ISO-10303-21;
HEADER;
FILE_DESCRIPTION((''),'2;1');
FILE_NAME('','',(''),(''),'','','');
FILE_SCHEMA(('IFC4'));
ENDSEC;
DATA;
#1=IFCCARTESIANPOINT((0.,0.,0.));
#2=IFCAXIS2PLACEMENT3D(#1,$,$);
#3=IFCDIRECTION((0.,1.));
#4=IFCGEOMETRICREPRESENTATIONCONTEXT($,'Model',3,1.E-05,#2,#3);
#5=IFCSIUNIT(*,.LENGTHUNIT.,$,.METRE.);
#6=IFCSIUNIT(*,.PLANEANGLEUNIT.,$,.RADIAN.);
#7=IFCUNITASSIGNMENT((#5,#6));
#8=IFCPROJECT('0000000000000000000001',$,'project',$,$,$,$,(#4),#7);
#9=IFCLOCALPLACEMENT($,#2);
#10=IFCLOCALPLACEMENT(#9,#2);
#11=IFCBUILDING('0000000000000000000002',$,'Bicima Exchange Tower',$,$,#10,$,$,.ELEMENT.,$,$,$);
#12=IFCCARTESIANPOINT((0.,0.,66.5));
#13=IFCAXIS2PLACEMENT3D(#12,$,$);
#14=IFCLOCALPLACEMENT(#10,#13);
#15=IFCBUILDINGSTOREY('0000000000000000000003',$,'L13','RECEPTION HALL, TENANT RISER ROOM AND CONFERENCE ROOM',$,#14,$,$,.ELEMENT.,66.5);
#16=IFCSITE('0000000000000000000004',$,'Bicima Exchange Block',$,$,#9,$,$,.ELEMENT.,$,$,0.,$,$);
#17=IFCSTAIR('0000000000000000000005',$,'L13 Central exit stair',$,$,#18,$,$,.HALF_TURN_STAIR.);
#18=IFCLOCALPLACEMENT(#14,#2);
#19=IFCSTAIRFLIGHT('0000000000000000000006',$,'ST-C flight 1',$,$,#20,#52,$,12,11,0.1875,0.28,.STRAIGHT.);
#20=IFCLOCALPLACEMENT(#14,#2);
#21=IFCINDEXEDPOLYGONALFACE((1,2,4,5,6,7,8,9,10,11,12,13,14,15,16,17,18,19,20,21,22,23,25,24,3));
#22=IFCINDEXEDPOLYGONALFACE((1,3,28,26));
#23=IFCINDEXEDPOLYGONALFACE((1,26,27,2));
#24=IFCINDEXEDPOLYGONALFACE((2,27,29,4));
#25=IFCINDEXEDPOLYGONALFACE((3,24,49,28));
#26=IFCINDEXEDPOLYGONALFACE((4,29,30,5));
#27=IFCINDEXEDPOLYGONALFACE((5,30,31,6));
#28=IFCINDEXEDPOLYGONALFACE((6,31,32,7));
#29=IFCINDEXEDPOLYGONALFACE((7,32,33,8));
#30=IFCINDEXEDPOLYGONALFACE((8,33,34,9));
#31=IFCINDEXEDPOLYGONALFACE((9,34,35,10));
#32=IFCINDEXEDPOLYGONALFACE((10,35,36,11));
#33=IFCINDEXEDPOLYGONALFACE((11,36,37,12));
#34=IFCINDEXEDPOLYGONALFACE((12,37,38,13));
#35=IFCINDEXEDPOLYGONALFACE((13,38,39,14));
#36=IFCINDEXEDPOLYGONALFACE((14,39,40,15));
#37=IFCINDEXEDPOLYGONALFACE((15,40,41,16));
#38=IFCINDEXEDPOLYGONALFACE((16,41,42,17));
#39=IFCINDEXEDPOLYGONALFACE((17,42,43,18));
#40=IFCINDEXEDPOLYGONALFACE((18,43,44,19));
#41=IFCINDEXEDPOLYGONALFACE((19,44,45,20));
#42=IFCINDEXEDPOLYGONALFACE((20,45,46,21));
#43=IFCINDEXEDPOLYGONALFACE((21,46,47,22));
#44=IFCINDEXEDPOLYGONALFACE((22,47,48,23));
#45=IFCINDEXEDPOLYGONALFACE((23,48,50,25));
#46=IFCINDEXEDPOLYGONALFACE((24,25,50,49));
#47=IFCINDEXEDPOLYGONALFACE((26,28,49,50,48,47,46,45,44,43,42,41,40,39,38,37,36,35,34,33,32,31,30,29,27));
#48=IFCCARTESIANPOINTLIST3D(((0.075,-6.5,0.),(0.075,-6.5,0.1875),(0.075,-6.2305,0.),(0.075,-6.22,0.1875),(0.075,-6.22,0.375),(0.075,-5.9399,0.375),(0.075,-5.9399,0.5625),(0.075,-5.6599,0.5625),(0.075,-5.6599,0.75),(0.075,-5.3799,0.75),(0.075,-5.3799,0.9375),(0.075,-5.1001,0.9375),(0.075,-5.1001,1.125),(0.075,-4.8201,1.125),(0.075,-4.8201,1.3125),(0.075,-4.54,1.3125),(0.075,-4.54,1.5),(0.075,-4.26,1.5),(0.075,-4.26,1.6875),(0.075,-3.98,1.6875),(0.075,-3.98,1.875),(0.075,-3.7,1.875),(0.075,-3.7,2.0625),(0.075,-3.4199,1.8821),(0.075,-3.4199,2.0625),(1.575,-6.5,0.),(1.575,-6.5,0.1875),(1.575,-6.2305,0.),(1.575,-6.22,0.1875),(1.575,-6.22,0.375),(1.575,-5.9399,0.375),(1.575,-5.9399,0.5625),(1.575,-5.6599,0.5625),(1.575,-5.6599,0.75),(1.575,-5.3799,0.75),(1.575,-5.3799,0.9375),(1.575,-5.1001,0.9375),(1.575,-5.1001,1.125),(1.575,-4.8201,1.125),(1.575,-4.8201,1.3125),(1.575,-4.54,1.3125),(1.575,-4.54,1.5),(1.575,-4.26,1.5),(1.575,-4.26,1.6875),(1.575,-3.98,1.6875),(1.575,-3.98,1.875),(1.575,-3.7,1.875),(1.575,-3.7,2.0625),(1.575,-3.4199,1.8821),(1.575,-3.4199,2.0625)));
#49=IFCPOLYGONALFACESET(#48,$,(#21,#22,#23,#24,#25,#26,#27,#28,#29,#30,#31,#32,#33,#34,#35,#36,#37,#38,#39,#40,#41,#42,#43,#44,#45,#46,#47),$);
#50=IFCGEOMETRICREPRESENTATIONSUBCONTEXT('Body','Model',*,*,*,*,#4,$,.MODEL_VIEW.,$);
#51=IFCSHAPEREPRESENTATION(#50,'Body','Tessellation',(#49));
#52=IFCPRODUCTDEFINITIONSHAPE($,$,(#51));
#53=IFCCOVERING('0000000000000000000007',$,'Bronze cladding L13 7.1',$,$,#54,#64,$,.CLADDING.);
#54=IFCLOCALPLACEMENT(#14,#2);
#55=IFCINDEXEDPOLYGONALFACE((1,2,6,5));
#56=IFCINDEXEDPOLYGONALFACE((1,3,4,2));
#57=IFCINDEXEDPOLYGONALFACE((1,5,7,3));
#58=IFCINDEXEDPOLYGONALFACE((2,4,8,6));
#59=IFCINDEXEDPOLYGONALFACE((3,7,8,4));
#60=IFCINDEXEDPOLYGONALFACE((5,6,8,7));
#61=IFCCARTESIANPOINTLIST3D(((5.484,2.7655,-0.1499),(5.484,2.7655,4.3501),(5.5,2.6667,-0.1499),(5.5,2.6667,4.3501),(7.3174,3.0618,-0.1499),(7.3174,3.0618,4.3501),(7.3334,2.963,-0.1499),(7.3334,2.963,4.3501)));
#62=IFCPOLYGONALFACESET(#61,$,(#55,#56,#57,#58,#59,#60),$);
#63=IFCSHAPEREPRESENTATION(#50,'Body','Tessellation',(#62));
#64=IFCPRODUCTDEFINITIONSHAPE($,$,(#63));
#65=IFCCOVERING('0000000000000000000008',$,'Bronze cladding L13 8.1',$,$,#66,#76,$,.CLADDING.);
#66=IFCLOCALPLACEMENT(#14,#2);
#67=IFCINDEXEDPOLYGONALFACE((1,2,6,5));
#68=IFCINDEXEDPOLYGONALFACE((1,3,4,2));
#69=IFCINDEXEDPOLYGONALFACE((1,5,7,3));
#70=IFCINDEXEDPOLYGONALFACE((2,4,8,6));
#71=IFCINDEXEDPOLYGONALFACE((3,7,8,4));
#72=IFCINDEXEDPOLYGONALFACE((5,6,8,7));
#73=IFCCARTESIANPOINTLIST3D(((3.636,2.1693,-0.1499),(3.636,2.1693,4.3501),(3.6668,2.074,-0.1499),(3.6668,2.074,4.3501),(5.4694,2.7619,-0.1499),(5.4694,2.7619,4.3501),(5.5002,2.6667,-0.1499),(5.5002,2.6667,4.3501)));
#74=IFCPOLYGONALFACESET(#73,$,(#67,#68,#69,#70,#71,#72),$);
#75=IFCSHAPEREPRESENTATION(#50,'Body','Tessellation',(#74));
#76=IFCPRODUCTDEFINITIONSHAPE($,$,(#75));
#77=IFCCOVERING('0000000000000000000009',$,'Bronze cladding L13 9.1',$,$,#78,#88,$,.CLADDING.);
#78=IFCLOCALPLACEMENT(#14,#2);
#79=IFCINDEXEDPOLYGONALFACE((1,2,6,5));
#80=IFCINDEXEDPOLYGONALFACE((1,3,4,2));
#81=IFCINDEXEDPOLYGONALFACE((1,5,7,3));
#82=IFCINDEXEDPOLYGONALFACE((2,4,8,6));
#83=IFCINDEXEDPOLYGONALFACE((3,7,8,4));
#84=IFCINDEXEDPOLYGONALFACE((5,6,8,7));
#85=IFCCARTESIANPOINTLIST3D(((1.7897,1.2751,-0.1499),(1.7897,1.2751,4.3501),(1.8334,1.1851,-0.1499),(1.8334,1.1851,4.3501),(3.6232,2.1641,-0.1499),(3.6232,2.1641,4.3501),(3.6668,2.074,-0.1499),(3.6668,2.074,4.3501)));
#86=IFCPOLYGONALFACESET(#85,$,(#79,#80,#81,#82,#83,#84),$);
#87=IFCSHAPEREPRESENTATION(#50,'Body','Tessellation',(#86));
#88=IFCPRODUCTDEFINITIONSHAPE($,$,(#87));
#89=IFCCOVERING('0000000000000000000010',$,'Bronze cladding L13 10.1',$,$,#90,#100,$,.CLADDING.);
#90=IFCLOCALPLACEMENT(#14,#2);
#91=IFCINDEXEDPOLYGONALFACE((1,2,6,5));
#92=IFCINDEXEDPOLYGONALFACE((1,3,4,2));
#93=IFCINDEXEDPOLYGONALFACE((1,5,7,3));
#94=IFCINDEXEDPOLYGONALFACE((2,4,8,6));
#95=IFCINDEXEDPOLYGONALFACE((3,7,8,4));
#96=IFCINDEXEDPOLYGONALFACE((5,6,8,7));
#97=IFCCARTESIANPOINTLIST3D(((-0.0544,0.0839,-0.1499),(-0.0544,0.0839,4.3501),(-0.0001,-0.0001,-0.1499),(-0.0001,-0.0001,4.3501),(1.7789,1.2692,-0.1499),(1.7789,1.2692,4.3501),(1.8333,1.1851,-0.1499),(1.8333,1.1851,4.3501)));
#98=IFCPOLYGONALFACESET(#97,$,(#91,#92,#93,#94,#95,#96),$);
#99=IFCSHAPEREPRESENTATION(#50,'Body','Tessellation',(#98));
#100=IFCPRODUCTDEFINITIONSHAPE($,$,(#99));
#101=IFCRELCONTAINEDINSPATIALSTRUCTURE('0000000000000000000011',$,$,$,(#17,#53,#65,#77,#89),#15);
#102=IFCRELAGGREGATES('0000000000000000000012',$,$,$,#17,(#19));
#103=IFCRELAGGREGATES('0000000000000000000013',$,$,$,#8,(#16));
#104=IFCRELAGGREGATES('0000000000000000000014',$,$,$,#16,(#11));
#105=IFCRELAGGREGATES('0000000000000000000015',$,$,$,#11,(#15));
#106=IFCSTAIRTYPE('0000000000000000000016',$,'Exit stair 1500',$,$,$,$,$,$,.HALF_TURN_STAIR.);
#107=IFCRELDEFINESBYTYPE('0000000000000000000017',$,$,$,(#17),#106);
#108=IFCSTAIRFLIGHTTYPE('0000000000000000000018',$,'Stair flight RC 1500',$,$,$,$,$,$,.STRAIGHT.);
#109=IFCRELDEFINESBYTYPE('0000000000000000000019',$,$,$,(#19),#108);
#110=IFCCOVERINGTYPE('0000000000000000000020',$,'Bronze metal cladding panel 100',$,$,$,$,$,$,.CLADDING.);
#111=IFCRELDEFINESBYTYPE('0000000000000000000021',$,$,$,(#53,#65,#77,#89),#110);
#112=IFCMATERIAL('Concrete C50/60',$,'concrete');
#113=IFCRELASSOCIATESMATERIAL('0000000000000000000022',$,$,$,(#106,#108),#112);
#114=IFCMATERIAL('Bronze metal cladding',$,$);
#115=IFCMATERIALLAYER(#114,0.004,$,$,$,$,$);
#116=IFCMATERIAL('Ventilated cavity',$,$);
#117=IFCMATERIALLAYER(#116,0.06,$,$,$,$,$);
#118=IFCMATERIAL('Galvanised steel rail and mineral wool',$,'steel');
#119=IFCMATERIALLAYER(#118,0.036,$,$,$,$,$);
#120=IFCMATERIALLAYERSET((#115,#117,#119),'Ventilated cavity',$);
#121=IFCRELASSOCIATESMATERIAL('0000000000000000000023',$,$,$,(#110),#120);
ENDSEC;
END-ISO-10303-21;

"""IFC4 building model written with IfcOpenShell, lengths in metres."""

from ifc_helpers import new_model, si_unit, direction, frame, origin, origin_2d, place, context, subcontext, project, spatial, polyline, rectangle, outline, extrude, material, layer, layer_set, type_object, element, aggregate, save


model = new_model("IFC4")

# Units and contexts
model_context = context("Model", 3, precision=1e-05, world=origin(), true_north=direction((0.0, 1.0)))
body_context = subcontext(model_context, "Body", "Model", "MODEL_VIEW")
ifc_project = project(units=[si_unit("LENGTHUNIT", "METRE"), si_unit("PLANEANGLEUNIT", "RADIAN")], contexts=[model_context])

# Site, building, storey
site_placement = place(None, origin())
site = spatial("IfcSite", under=ifc_project, at=site_placement, Name="Bicima Exchange Block", CompositionType="ELEMENT", RefElevation=0.0)
building_placement = place(site_placement, origin())
building = spatial("IfcBuilding", under=site, at=building_placement, Name="Bicima Exchange Tower", CompositionType="ELEMENT")
storey_placement = place(building_placement, frame((0.0, 0.0, 66.5)))
storey = spatial("IfcBuildingStorey", under=building, at=storey_placement, Name="L13", Description="RECEPTION HALL, TENANT RISER ROOM AND CONFERENCE ROOM", CompositionType="ELEMENT", Elevation=66.5)

# Stair
ifc_material_1 = material(Name="Concrete C50/60", Category="concrete")
stair_type_1 = type_object("IfcStairType", Name="Exit stair 1500", PredefinedType="HALF_TURN_STAIR", material=ifc_material_1)
stair_1_placement = place(storey_placement, origin())
stair_1 = element("IfcStair", 1, at=stair_1_placement, inside=storey, type_object=stair_type_1, Name="L13 Central exit stair", PredefinedType="HALF_TURN_STAIR")

# Stair flight
stair_flight_type = type_object("IfcStairFlightType", Name="Stair flight RC 1500", PredefinedType="STRAIGHT", material=ifc_material_1)
stair_flight_placement = place(storey_placement, frame((0.825, -6.5, 0.0), z_axis=(0.0, 0.0, 1.0), x_axis=(0.0, 1.0, 0.0)))
stair_flight = element("IfcStairFlight", 2, at=stair_flight_placement, type_object=stair_flight_type, Name="ST-C flight 1", NumberOfRisers=12, NumberOfTreads=11, PredefinedType="STRAIGHT", RiserHeight=0.1875, TreadLength=0.28, context=body_context, shape_type="SweptSolid", body=[
    extrude(outline(polyline([(0.0, 0.0), (0.0, 0.1875), (0.28, 0.1875), (0.28, 0.375), (0.5601, 0.375), (0.5601, 0.5625), (0.8401, 0.5625), (0.8401, 0.75), (1.1201, 0.75), (1.1201, 0.9375), (1.3999, 0.9375), (1.3999, 1.125), (1.6799, 1.125), (1.6799, 1.3125), (1.96, 1.3125), (1.96, 1.5), (2.24, 1.5), (2.24, 1.6875), (2.52, 1.6875), (2.52, 1.875), (2.8, 1.875), (2.8, 2.0625), (3.0801, 2.0625), (3.0801, 2.25), (3.0801, 1.8821), (0.2695, 0.0), (0.0, 0.0)])), frame((0.0, 0.75, 0.0), z_axis=(0.0, -1.0, 0.0), x_axis=(1.0, 0.0, 0.0)), (0.0, 0.0, 1.0), 1.5),
])
aggregate(stair_1, [stair_flight])

# Coverings
ifc_material_2 = material(Name="Bronze metal cladding")
ifc_layer_1 = layer(ifc_material_2, 0.004)
ifc_material_3 = material(Name="Ventilated cavity")
ifc_layer_2 = layer(ifc_material_3, 0.06)
ifc_material_4 = material(Name="Galvanised steel rail and mineral wool", Category="steel")
ifc_layer_3 = layer(ifc_material_4, 0.036)
ifc_layer_set_1 = layer_set([ifc_layer_1, ifc_layer_2, ifc_layer_3], Name="Ventilated cavity")
covering_type = type_object("IfcCoveringType", Name="Bronze metal cladding panel 100", PredefinedType="CLADDING", material=ifc_layer_set_1)
covering_1_placement = place(storey_placement, frame((6.4087, 2.8643, -0.1499), z_axis=(0.0, 0.0, 1.0), x_axis=(-0.98719, -0.15955, 0.0)))
element("IfcCovering", 3, at=covering_1_placement, inside=storey, type_object=covering_type, Name="Bronze cladding L13 7.1", PredefinedType="CLADDING", context=body_context, shape_type="SweptSolid", body=[
    extrude(rectangle(XDim=1.8572, YDim=0.1001, at=origin_2d()), origin(), (0.0, 0.0, 1.0), 4.5),
])
covering_2_placement = place(storey_placement, frame((4.5681, 2.418, -0.1499), z_axis=(0.0, 0.0, 1.0), x_axis=(-0.951525, -0.307573, 0.0)))
element("IfcCovering", 4, at=covering_2_placement, inside=storey, type_object=covering_type, Name="Bronze cladding L13 8.1", PredefinedType="CLADDING", context=body_context, shape_type="SweptSolid", body=[
    extrude(rectangle(XDim=1.9268, YDim=0.1001, at=origin_2d()), origin(), (0.0, 0.0, 1.0), 4.5),
])
covering_3_placement = place(storey_placement, frame((2.7283, 1.6746, -0.1499), z_axis=(0.0, 0.0, 1.0), x_axis=(-0.899818, -0.436265, 0.0)))
element("IfcCovering", 5, at=covering_3_placement, inside=storey, type_object=covering_type, Name="Bronze cladding L13 9.1", PredefinedType="CLADDING", context=body_context, shape_type="SweptSolid", body=[
    extrude(rectangle(XDim=2.0376, YDim=0.1001, at=origin_2d()), origin(), (0.0, 0.0, 1.0), 4.5),
])
covering_4_placement = place(storey_placement, frame((0.8894, 0.6345, -0.1499), z_axis=(0.0, 0.0, 1.0), x_axis=(-0.83979, -0.542911, 0.0)))
element("IfcCovering", 6, at=covering_4_placement, inside=storey, type_object=covering_type, Name="Bronze cladding L13 10.1", PredefinedType="CLADDING", context=body_context, shape_type="SweptSolid", body=[
    extrude(rectangle(XDim=2.1831, YDim=0.1001, at=origin_2d()), origin(), (0.0, 0.0, 1.0), 4.5),
])

save(model, "model.ifc")
